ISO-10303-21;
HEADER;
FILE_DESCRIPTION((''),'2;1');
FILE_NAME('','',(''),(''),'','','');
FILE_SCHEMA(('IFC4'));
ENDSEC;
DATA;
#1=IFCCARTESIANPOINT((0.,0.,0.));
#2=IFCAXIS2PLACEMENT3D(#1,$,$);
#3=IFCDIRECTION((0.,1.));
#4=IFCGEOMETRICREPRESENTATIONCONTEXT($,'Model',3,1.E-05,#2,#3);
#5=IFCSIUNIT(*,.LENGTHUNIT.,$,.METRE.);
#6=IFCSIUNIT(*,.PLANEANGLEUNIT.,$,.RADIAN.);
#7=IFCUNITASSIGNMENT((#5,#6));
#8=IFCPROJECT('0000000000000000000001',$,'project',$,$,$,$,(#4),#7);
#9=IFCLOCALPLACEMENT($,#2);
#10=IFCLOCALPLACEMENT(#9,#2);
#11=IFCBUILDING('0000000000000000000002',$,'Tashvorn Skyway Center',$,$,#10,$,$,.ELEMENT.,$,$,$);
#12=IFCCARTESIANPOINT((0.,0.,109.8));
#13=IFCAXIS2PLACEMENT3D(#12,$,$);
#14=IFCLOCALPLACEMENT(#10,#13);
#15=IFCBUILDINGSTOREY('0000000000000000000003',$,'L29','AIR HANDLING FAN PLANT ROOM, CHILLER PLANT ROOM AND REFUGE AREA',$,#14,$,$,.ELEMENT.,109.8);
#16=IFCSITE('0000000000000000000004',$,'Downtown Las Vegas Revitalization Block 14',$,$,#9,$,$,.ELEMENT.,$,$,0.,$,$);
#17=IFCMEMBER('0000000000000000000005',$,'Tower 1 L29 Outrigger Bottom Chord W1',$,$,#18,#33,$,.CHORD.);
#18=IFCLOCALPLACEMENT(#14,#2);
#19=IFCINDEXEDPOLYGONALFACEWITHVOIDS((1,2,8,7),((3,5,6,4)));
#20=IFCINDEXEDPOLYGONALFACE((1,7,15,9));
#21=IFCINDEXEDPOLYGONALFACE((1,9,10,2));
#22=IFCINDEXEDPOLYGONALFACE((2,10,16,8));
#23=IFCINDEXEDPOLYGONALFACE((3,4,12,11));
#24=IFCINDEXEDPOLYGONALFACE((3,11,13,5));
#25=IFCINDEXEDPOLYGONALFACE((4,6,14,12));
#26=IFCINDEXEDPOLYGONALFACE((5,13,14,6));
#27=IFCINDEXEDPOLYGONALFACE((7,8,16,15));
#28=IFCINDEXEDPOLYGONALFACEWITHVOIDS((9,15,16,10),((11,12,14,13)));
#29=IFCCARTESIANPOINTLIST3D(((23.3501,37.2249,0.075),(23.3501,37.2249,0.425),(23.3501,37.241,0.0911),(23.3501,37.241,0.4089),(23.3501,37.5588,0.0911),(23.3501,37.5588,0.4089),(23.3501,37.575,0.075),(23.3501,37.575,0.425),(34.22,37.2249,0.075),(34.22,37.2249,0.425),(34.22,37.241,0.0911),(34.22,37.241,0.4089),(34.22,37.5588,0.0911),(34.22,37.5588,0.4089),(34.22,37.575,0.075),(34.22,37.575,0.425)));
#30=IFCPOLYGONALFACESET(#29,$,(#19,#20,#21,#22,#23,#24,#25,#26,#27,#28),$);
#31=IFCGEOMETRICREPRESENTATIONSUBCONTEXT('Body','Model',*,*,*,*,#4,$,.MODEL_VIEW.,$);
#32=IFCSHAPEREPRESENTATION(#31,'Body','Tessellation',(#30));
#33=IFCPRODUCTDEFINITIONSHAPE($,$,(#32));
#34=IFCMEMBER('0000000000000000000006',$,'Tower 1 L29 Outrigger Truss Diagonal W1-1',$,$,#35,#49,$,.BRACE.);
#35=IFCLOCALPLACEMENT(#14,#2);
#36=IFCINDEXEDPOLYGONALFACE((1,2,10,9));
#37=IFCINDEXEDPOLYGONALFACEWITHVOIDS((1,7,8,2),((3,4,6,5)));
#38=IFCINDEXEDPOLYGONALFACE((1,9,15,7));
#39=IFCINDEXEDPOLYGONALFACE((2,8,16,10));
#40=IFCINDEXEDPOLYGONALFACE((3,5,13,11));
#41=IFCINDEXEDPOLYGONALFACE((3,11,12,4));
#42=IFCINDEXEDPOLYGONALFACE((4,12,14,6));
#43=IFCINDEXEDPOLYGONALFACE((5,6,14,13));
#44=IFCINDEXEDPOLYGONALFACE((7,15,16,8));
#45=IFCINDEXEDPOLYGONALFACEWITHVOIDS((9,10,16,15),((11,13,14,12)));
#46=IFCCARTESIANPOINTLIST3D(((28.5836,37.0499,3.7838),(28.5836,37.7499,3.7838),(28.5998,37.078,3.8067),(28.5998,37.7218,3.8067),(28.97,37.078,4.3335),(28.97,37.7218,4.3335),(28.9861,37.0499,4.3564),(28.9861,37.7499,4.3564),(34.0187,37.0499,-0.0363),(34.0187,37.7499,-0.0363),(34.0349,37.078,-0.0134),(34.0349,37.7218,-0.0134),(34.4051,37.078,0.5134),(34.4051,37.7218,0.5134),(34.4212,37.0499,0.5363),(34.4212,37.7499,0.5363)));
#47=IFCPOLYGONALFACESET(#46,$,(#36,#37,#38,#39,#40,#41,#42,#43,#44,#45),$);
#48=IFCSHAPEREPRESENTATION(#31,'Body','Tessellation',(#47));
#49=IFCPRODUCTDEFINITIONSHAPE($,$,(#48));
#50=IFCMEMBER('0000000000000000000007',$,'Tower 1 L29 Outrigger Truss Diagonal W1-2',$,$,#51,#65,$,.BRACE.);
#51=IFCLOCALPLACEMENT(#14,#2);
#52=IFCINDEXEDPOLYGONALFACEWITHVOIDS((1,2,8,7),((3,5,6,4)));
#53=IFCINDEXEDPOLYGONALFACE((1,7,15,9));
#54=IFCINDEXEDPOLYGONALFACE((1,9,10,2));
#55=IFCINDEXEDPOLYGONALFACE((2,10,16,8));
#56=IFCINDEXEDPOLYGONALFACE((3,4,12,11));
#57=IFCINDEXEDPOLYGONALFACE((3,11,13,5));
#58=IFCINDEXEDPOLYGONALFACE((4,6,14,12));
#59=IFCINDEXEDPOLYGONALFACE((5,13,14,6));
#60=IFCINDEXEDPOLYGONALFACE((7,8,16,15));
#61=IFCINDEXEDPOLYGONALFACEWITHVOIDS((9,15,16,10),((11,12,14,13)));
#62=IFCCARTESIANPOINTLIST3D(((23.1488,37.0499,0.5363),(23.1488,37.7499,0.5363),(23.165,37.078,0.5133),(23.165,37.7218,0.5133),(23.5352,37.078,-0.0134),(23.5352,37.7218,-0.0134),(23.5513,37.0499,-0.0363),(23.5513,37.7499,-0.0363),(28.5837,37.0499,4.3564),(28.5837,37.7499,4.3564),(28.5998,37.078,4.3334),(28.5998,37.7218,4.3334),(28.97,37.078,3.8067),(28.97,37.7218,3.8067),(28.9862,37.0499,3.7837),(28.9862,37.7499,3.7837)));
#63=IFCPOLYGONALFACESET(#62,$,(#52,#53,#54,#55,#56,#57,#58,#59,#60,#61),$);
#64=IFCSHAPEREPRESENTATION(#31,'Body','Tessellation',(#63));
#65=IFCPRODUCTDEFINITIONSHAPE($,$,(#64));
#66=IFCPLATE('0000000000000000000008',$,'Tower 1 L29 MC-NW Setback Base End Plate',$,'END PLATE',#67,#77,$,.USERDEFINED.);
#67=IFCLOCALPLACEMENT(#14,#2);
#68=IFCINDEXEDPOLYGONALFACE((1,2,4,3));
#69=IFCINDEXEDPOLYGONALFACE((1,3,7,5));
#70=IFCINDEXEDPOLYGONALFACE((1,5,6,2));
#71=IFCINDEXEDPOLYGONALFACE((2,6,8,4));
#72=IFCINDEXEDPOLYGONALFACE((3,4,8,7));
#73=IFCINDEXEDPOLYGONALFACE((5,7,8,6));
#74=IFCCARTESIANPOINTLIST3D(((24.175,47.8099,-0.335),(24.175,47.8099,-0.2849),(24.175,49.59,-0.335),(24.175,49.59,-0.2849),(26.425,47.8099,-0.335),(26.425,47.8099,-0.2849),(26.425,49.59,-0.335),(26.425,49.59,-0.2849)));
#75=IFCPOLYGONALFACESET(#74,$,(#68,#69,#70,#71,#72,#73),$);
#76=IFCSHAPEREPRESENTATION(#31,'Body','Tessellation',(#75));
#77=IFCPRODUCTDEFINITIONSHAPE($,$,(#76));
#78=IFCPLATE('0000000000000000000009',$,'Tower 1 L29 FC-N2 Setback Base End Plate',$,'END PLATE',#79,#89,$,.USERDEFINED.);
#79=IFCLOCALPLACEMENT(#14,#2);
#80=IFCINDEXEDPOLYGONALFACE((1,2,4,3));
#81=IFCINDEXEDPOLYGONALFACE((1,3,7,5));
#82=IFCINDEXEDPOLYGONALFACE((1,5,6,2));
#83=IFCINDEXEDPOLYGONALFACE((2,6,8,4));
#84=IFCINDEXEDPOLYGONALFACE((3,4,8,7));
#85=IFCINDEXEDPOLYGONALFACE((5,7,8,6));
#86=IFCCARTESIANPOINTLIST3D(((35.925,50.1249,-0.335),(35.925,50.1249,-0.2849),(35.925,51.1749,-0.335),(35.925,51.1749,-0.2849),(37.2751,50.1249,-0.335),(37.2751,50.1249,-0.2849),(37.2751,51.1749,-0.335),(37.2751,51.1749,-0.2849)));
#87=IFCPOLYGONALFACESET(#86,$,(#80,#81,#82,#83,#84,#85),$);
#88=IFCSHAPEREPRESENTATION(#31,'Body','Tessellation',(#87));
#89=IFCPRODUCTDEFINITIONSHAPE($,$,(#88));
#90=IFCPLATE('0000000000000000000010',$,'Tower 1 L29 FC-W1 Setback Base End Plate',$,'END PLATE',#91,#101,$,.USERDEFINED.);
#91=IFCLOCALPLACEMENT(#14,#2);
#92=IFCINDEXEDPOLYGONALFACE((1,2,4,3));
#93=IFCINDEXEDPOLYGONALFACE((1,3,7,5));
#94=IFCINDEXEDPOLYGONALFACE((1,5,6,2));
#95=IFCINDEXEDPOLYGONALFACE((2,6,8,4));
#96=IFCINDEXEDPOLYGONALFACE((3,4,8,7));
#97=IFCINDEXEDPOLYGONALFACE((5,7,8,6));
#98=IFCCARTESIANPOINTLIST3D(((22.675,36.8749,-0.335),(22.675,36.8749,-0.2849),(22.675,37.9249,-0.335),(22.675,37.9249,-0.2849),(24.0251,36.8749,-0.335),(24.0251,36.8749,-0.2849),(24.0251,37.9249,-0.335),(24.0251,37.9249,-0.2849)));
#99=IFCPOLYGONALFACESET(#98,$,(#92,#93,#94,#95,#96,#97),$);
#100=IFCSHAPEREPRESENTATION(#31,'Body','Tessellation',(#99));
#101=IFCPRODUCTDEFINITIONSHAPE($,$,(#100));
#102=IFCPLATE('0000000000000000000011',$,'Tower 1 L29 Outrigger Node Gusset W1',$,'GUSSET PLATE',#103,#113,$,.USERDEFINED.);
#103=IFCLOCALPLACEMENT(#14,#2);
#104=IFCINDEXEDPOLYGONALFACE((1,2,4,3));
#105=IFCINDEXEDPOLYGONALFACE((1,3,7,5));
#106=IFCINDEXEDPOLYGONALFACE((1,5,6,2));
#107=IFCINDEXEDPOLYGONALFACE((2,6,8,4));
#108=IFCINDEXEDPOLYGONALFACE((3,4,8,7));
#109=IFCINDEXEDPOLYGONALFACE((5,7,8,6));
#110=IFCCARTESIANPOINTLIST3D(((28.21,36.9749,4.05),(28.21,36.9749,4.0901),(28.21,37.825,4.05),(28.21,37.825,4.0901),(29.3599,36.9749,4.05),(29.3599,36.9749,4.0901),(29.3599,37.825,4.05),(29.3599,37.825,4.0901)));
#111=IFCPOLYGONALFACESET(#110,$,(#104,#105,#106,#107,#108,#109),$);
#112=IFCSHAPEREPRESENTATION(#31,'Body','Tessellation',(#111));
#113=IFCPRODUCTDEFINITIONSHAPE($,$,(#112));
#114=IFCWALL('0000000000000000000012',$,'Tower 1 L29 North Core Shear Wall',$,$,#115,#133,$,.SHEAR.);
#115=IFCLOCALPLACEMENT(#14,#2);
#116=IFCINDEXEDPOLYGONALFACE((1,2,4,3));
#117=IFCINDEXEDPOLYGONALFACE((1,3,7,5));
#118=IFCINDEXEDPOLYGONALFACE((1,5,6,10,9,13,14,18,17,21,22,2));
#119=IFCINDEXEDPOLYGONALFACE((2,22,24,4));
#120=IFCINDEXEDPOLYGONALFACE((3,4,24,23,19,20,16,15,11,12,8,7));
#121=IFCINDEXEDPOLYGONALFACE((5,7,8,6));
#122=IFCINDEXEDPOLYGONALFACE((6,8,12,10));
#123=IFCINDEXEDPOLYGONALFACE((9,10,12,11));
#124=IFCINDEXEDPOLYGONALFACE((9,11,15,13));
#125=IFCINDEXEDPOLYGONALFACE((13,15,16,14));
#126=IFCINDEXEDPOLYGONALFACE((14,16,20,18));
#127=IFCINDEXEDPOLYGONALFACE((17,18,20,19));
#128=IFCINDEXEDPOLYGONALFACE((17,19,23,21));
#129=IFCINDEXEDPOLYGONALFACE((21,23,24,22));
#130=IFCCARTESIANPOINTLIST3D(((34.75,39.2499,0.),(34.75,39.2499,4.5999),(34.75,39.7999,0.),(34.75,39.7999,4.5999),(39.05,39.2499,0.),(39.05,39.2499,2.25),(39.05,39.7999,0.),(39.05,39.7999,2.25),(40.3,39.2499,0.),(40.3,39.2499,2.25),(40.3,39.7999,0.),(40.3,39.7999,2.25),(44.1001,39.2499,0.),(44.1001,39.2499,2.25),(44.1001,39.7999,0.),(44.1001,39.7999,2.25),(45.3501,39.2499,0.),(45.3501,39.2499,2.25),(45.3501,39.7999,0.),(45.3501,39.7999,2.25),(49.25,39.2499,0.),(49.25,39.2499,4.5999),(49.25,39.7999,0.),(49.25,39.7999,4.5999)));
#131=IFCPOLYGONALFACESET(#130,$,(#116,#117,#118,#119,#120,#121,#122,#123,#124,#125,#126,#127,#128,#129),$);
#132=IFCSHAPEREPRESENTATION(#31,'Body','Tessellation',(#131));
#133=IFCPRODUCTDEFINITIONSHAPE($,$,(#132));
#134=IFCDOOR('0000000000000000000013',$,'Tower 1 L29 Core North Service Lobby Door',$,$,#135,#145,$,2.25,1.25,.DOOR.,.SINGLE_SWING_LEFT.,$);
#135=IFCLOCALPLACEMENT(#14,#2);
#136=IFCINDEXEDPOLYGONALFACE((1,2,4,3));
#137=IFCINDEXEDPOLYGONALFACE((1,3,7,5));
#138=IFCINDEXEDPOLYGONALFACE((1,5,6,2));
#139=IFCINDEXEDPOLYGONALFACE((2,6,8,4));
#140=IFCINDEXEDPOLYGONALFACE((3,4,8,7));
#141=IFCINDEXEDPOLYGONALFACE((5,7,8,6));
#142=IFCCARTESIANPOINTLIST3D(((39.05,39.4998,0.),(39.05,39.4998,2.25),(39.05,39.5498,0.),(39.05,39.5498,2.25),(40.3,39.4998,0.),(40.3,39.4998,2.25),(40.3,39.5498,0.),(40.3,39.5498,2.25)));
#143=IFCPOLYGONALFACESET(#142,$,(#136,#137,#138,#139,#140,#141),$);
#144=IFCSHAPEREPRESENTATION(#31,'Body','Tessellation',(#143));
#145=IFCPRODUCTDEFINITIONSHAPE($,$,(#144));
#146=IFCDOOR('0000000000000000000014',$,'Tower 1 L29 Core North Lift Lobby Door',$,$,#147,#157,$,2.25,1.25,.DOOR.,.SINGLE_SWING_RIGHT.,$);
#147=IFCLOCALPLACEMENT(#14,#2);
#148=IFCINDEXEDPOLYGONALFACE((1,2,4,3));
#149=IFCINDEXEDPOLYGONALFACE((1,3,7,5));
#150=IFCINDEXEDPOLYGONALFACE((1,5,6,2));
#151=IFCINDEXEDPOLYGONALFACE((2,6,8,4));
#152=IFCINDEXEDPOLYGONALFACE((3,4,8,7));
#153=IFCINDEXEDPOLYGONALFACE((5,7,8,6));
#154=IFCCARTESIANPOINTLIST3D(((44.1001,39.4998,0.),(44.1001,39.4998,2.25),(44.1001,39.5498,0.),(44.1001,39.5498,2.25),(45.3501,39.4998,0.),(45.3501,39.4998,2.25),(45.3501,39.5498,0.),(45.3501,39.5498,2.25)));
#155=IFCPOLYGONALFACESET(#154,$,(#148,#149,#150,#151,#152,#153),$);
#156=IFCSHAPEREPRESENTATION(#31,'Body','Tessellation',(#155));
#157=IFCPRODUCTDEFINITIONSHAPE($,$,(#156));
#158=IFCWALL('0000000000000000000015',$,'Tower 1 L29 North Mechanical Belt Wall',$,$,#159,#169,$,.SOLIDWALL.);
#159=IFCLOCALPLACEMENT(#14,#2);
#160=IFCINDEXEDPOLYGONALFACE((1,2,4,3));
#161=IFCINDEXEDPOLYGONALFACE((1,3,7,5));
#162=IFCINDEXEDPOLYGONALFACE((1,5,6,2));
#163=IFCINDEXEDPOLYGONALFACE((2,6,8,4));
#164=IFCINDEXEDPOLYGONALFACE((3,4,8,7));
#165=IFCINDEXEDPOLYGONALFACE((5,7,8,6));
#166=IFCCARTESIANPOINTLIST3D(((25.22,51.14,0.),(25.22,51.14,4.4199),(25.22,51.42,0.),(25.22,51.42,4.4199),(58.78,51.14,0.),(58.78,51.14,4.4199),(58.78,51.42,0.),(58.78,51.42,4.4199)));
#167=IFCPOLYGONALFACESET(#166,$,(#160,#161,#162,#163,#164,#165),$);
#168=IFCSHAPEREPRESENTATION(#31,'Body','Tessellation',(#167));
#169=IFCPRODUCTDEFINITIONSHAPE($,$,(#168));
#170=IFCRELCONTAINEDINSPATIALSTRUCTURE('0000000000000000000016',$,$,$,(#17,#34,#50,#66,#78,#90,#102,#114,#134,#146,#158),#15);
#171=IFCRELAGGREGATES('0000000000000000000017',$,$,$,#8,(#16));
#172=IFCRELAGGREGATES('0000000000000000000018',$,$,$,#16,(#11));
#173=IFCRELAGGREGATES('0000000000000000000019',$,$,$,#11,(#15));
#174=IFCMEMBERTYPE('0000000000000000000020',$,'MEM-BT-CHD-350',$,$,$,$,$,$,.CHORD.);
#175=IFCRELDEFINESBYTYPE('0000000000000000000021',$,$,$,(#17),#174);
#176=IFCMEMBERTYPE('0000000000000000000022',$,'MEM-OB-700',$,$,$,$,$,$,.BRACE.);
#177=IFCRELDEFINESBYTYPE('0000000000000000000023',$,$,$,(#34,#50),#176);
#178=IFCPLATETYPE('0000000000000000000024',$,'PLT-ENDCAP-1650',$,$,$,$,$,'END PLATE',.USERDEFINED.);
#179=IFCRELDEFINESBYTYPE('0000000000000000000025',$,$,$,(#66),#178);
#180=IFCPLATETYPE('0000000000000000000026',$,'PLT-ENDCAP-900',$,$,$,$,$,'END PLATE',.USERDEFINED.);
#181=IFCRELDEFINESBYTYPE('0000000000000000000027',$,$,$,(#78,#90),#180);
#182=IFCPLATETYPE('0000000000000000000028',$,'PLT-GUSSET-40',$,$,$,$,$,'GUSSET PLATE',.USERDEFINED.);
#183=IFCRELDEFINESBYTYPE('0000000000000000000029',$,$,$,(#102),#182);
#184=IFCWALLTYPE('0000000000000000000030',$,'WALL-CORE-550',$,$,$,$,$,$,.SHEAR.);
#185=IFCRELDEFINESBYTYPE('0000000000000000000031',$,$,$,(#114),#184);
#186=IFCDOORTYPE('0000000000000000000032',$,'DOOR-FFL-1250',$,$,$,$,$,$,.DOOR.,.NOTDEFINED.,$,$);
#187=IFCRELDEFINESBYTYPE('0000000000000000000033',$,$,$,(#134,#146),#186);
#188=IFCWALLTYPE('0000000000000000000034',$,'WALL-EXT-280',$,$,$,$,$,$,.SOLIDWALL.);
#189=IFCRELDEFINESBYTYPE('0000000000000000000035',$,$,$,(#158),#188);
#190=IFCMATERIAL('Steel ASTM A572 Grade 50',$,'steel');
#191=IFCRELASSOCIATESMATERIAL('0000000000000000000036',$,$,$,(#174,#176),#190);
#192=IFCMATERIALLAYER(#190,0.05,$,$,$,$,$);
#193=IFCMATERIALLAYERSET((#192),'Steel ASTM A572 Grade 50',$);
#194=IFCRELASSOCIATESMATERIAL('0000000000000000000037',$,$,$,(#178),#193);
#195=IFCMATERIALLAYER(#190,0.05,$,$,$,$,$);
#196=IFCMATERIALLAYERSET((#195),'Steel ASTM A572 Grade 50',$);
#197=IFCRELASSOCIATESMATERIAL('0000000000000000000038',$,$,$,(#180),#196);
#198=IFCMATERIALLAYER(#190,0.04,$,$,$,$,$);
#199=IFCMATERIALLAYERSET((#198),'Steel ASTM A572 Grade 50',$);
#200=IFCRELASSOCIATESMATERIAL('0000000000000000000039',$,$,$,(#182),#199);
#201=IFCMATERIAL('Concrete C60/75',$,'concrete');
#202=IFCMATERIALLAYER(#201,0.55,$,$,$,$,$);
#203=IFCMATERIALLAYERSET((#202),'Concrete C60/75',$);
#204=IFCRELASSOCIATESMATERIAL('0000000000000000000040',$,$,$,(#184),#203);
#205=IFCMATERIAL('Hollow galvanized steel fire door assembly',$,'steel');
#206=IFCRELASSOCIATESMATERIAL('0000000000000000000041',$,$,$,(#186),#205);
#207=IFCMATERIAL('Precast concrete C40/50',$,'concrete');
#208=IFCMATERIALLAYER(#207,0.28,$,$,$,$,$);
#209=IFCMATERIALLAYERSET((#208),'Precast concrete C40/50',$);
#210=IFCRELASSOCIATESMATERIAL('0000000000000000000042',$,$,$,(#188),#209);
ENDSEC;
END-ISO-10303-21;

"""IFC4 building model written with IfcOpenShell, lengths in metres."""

from ifc_helpers import new_model, si_unit, direction, frame, frame_2d, origin, origin_2d, place, context, subcontext, project, spatial, rectangle, hollow_rectangle, extrude, material, layer, layer_set, material_profile, profile_set, type_object, element, fill, save


model = new_model("IFC4")

# Units and contexts
model_context = context("Model", 3, precision=1e-05, world=origin(), true_north=direction((0.0, 1.0)))
body_context = subcontext(model_context, "Body", "Model", "MODEL_VIEW")
ifc_project = project(units=[si_unit("LENGTHUNIT", "METRE"), si_unit("PLANEANGLEUNIT", "RADIAN")], contexts=[model_context])

# Site, building, storey
site_placement = place(None, origin())
site = spatial("IfcSite", under=ifc_project, at=site_placement, Name="Downtown Las Vegas Revitalization Block 14", CompositionType="ELEMENT", RefElevation=0.0)
building_placement = place(site_placement, origin())
building = spatial("IfcBuilding", under=site, at=building_placement, Name="Tashvorn Skyway Center", CompositionType="ELEMENT")
storey_placement = place(building_placement, frame((0.0, 0.0, 109.8)))
storey = spatial("IfcBuildingStorey", under=building, at=storey_placement, Name="L29", Description="AIR HANDLING FAN PLANT ROOM, CHILLER PLANT ROOM AND REFUGE AREA", CompositionType="ELEMENT", Elevation=109.8)

# Shared definitions
ifc_material_1 = material(Name="Steel ASTM A572 Grade 50", Category="steel")

# Members
ifc_material_profile_1 = material_profile(ifc_material_1, hollow_rectangle(XDim=0.3501, YDim=0.3501, WallThickness=0.0161, at=origin_2d()), Name="HSS350x350x16")
ifc_profile_set_1 = profile_set([ifc_material_profile_1], Name="Steel ASTM A572 Grade 50")
member_type_1 = type_object("IfcMemberType", Name="MEM-BT-CHD-350", PredefinedType="CHORD", material=ifc_profile_set_1)
member_1_placement = place(storey_placement, frame((34.22, 37.3999, 0.25), z_axis=(-1.0, 0.0, 0.0), x_axis=(0.0, -1.0, 0.0)))
element("IfcMember", 1, at=member_1_placement, inside=storey, type_object=member_type_1, Name="Tower 1 L29 Outrigger Bottom Chord W1", PredefinedType="CHORD", context=body_context, shape_type="SweptSolid", body=[
    extrude(hollow_rectangle(XDim=0.3501, YDim=0.3501, WallThickness=0.0161, at=origin_2d()), origin(), (0.0, 0.0, 1.0), 10.8699),
])
ifc_material_profile_2 = material_profile(ifc_material_1, hollow_rectangle(XDim=0.7, YDim=0.7, WallThickness=0.0281, at=origin_2d()), Name="BOX700x700x28")
ifc_profile_set_2 = profile_set([ifc_material_profile_2], Name="Steel ASTM A572 Grade 50")
member_type_2 = type_object("IfcMemberType", Name="MEM-OB-700", PredefinedType="BRACE", material=ifc_profile_set_2)
member_2_placement = place(storey_placement, frame((34.22, 37.3999, 0.25), z_axis=(-0.818132, 0.0, 0.57503), x_axis=(0.0, -1.0, 0.0)))
element("IfcMember", 2, at=member_2_placement, inside=storey, type_object=member_type_2, Name="Tower 1 L29 Outrigger Truss Diagonal W1-1", PredefinedType="BRACE", context=body_context, shape_type="SweptSolid", body=[
    extrude(hollow_rectangle(XDim=0.7, YDim=0.7, WallThickness=0.0281, at=origin_2d()), origin(), (0.0, 0.0, 1.0), 6.6433),
])
member_3_placement = place(storey_placement, frame((28.7849, 37.3999, 4.0701), z_axis=(-0.81812, 0.0, -0.575047), x_axis=(0.0, -1.0, 0.0)))
element("IfcMember", 3, at=member_3_placement, inside=storey, type_object=member_type_2, Name="Tower 1 L29 Outrigger Truss Diagonal W1-2", PredefinedType="BRACE", context=body_context, shape_type="SweptSolid", body=[
    extrude(hollow_rectangle(XDim=0.7, YDim=0.7, WallThickness=0.0281, at=origin_2d()), origin(), (0.0, 0.0, 1.0), 6.6431),
])

# Plates
ifc_layer_1 = layer(ifc_material_1, 0.05)
ifc_layer_set_1 = layer_set([ifc_layer_1], Name="Steel ASTM A572 Grade 50")
plate_type_1 = type_object("IfcPlateType", Name="PLT-ENDCAP-1650", ElementType="END PLATE", PredefinedType="USERDEFINED", material=ifc_layer_set_1)
plate_1_placement = place(storey_placement, frame((25.3, 48.7, -0.335), z_axis=(0.0, 0.0, 1.0), x_axis=(1.0, 0.0, 0.0)))
element("IfcPlate", 4, at=plate_1_placement, inside=storey, type_object=plate_type_1, Name="Tower 1 L29 MC-NW Setback Base End Plate", ObjectType="END PLATE", PredefinedType="USERDEFINED", context=body_context, shape_type="SweptSolid", body=[
    extrude(rectangle(XDim=2.25, YDim=1.78, at=origin_2d()), origin(), (0.0, 0.0, 1.0), 0.05),
])
ifc_layer_2 = layer(ifc_material_1, 0.05)
ifc_layer_set_2 = layer_set([ifc_layer_2], Name="Steel ASTM A572 Grade 50")
plate_type_2 = type_object("IfcPlateType", Name="PLT-ENDCAP-900", ElementType="END PLATE", PredefinedType="USERDEFINED", material=ifc_layer_set_2)
for number, where, z_axis, x_axis, name in (
    (5, (36.6001, 50.6499, -0.335), (0.0, 0.0, 1.0), (1.0, 0.0, 0.0), "Tower 1 L29 FC-N2 Setback Base End Plate"),
    (6, (23.3501, 37.3999, -0.335), (0.0, 0.0, 1.0), (1.0, 0.0, 0.0), "Tower 1 L29 FC-W1 Setback Base End Plate"),
):
    element("IfcPlate", number, at=place(storey_placement, frame(where, z_axis=z_axis, x_axis=x_axis)), inside=storey, type_object=plate_type_2, Name=name, ObjectType="END PLATE", PredefinedType="USERDEFINED", context=body_context, shape_type="SweptSolid", body=[
        extrude(rectangle(XDim=1.3501, YDim=1.05, at=origin_2d()), origin(), (0.0, 0.0, 1.0), 0.05),
    ])
ifc_layer_3 = layer(ifc_material_1, 0.04)
ifc_layer_set_3 = layer_set([ifc_layer_3], Name="Steel ASTM A572 Grade 50")
plate_type_3 = type_object("IfcPlateType", Name="PLT-GUSSET-40", ElementType="GUSSET PLATE", PredefinedType="USERDEFINED", material=ifc_layer_set_3)
plate_2_placement = place(storey_placement, frame((28.7849, 37.3999, 4.05), z_axis=(0.0, 0.0, 1.0), x_axis=(1.0, 0.0, 0.0)))
element("IfcPlate", 7, at=plate_2_placement, inside=storey, type_object=plate_type_3, Name="Tower 1 L29 Outrigger Node Gusset W1", ObjectType="GUSSET PLATE", PredefinedType="USERDEFINED", context=body_context, shape_type="SweptSolid", body=[
    extrude(rectangle(XDim=1.1499, YDim=0.8501, at=origin_2d()), origin(), (0.0, 0.0, 1.0), 0.04),
])

# Wall, openings, doors
ifc_material_2 = material(Name="Concrete C60/75", Category="concrete")
ifc_layer_4 = layer(ifc_material_2, 0.55)
ifc_layer_set_4 = layer_set([ifc_layer_4], Name="Concrete C60/75")
wall_type_1 = type_object("IfcWallType", Name="WALL-CORE-550", PredefinedType="SHEAR", material=ifc_layer_set_4)
wall_1_placement = place(storey_placement, frame((34.75, 39.5249, 0.0), z_axis=(0.0, 0.0, 1.0), x_axis=(1.0, 0.0, 0.0)))
wall_1 = element("IfcWall", 8, at=wall_1_placement, inside=storey, type_object=wall_type_1, Name="Tower 1 L29 North Core Shear Wall", PredefinedType="SHEAR", context=body_context, shape_type="SweptSolid", body=[
    extrude(rectangle(XDim=14.5, YDim=0.55, at=frame_2d((7.25, 0.0))), origin(), (0.0, 0.0, 1.0), 4.5999),
])
opening_1_placement = place(wall_1_placement, frame((4.3, 0.0, 0.0)))
opening_1 = element("IfcOpeningElement", 9, at=opening_1_placement, cuts=wall_1, PredefinedType="OPENING", context=body_context, shape_type="SweptSolid", body=[
    extrude(rectangle(XDim=1.25, YDim=2.25, at=frame_2d((0.625, 1.125))), frame((0.0, 0.2849, 0.0), z_axis=(0.0, -1.0, 0.0), x_axis=(1.0, 0.0, 0.0)), (0.0, 0.0, 1.0), 0.5701),
])
opening_2_placement = place(wall_1_placement, frame((9.3501, 0.0, 0.0)))
opening_2 = element("IfcOpeningElement", 10, at=opening_2_placement, cuts=wall_1, PredefinedType="OPENING", context=body_context, shape_type="SweptSolid", body=[
    extrude(rectangle(XDim=1.25, YDim=2.25, at=frame_2d((0.625, 1.125))), frame((0.0, 0.2849, 0.0), z_axis=(0.0, -1.0, 0.0), x_axis=(1.0, 0.0, 0.0)), (0.0, 0.0, 1.0), 0.5701),
])
ifc_material_3 = material(Name="Hollow galvanized steel fire door assembly", Category="steel")
door_type_1 = type_object("IfcDoorType", Name="DOOR-FFL-1250", OperationType="NOTDEFINED", PredefinedType="DOOR", material=ifc_material_3)
door_1_placement = place(opening_1_placement, origin())
door_1 = element("IfcDoor", 11, at=door_1_placement, inside=storey, type_object=door_type_1, Name="Tower 1 L29 Core North Service Lobby Door", OperationType="SINGLE_SWING_LEFT", OverallHeight=2.25, OverallWidth=1.25, PredefinedType="DOOR", context=body_context, shape_type="SweptSolid", body=[
    extrude(rectangle(XDim=1.25, YDim=2.25, at=frame_2d((0.625, 1.125))), frame((0.0, 0.0249, 0.0), z_axis=(0.0, -1.0, 0.0), x_axis=(1.0, 0.0, 0.0)), (0.0, 0.0, 1.0), 0.05),
])
fill(opening_1, door_1)
door_2_placement = place(opening_2_placement, origin())
door_2 = element("IfcDoor", 12, at=door_2_placement, inside=storey, type_object=door_type_1, Name="Tower 1 L29 Core North Lift Lobby Door", OperationType="SINGLE_SWING_RIGHT", OverallHeight=2.25, OverallWidth=1.25, PredefinedType="DOOR", context=body_context, shape_type="SweptSolid", body=[
    extrude(rectangle(XDim=1.25, YDim=2.25, at=frame_2d((0.625, 1.125))), frame((0.0, 0.0249, 0.0), z_axis=(0.0, -1.0, 0.0), x_axis=(1.0, 0.0, 0.0)), (0.0, 0.0, 1.0), 0.05),
])
fill(opening_2, door_2)

# Wall
ifc_material_4 = material(Name="Precast concrete C40/50", Category="concrete")
ifc_layer_5 = layer(ifc_material_4, 0.28)
ifc_layer_set_5 = layer_set([ifc_layer_5], Name="Precast concrete C40/50")
wall_type_2 = type_object("IfcWallType", Name="WALL-EXT-280", PredefinedType="SOLIDWALL", material=ifc_layer_set_5)
wall_2_placement = place(storey_placement, frame((25.22, 51.28, 0.0), z_axis=(0.0, 0.0, 1.0), x_axis=(1.0, 0.0, 0.0)))
element("IfcWall", 13, at=wall_2_placement, inside=storey, type_object=wall_type_2, Name="Tower 1 L29 North Mechanical Belt Wall", PredefinedType="SOLIDWALL", context=body_context, shape_type="SweptSolid", body=[
    extrude(rectangle(XDim=33.5601, YDim=0.28, at=frame_2d((16.78, 0.0))), origin(), (0.0, 0.0, 1.0), 4.4199),
])

save(model, "model.ifc")
